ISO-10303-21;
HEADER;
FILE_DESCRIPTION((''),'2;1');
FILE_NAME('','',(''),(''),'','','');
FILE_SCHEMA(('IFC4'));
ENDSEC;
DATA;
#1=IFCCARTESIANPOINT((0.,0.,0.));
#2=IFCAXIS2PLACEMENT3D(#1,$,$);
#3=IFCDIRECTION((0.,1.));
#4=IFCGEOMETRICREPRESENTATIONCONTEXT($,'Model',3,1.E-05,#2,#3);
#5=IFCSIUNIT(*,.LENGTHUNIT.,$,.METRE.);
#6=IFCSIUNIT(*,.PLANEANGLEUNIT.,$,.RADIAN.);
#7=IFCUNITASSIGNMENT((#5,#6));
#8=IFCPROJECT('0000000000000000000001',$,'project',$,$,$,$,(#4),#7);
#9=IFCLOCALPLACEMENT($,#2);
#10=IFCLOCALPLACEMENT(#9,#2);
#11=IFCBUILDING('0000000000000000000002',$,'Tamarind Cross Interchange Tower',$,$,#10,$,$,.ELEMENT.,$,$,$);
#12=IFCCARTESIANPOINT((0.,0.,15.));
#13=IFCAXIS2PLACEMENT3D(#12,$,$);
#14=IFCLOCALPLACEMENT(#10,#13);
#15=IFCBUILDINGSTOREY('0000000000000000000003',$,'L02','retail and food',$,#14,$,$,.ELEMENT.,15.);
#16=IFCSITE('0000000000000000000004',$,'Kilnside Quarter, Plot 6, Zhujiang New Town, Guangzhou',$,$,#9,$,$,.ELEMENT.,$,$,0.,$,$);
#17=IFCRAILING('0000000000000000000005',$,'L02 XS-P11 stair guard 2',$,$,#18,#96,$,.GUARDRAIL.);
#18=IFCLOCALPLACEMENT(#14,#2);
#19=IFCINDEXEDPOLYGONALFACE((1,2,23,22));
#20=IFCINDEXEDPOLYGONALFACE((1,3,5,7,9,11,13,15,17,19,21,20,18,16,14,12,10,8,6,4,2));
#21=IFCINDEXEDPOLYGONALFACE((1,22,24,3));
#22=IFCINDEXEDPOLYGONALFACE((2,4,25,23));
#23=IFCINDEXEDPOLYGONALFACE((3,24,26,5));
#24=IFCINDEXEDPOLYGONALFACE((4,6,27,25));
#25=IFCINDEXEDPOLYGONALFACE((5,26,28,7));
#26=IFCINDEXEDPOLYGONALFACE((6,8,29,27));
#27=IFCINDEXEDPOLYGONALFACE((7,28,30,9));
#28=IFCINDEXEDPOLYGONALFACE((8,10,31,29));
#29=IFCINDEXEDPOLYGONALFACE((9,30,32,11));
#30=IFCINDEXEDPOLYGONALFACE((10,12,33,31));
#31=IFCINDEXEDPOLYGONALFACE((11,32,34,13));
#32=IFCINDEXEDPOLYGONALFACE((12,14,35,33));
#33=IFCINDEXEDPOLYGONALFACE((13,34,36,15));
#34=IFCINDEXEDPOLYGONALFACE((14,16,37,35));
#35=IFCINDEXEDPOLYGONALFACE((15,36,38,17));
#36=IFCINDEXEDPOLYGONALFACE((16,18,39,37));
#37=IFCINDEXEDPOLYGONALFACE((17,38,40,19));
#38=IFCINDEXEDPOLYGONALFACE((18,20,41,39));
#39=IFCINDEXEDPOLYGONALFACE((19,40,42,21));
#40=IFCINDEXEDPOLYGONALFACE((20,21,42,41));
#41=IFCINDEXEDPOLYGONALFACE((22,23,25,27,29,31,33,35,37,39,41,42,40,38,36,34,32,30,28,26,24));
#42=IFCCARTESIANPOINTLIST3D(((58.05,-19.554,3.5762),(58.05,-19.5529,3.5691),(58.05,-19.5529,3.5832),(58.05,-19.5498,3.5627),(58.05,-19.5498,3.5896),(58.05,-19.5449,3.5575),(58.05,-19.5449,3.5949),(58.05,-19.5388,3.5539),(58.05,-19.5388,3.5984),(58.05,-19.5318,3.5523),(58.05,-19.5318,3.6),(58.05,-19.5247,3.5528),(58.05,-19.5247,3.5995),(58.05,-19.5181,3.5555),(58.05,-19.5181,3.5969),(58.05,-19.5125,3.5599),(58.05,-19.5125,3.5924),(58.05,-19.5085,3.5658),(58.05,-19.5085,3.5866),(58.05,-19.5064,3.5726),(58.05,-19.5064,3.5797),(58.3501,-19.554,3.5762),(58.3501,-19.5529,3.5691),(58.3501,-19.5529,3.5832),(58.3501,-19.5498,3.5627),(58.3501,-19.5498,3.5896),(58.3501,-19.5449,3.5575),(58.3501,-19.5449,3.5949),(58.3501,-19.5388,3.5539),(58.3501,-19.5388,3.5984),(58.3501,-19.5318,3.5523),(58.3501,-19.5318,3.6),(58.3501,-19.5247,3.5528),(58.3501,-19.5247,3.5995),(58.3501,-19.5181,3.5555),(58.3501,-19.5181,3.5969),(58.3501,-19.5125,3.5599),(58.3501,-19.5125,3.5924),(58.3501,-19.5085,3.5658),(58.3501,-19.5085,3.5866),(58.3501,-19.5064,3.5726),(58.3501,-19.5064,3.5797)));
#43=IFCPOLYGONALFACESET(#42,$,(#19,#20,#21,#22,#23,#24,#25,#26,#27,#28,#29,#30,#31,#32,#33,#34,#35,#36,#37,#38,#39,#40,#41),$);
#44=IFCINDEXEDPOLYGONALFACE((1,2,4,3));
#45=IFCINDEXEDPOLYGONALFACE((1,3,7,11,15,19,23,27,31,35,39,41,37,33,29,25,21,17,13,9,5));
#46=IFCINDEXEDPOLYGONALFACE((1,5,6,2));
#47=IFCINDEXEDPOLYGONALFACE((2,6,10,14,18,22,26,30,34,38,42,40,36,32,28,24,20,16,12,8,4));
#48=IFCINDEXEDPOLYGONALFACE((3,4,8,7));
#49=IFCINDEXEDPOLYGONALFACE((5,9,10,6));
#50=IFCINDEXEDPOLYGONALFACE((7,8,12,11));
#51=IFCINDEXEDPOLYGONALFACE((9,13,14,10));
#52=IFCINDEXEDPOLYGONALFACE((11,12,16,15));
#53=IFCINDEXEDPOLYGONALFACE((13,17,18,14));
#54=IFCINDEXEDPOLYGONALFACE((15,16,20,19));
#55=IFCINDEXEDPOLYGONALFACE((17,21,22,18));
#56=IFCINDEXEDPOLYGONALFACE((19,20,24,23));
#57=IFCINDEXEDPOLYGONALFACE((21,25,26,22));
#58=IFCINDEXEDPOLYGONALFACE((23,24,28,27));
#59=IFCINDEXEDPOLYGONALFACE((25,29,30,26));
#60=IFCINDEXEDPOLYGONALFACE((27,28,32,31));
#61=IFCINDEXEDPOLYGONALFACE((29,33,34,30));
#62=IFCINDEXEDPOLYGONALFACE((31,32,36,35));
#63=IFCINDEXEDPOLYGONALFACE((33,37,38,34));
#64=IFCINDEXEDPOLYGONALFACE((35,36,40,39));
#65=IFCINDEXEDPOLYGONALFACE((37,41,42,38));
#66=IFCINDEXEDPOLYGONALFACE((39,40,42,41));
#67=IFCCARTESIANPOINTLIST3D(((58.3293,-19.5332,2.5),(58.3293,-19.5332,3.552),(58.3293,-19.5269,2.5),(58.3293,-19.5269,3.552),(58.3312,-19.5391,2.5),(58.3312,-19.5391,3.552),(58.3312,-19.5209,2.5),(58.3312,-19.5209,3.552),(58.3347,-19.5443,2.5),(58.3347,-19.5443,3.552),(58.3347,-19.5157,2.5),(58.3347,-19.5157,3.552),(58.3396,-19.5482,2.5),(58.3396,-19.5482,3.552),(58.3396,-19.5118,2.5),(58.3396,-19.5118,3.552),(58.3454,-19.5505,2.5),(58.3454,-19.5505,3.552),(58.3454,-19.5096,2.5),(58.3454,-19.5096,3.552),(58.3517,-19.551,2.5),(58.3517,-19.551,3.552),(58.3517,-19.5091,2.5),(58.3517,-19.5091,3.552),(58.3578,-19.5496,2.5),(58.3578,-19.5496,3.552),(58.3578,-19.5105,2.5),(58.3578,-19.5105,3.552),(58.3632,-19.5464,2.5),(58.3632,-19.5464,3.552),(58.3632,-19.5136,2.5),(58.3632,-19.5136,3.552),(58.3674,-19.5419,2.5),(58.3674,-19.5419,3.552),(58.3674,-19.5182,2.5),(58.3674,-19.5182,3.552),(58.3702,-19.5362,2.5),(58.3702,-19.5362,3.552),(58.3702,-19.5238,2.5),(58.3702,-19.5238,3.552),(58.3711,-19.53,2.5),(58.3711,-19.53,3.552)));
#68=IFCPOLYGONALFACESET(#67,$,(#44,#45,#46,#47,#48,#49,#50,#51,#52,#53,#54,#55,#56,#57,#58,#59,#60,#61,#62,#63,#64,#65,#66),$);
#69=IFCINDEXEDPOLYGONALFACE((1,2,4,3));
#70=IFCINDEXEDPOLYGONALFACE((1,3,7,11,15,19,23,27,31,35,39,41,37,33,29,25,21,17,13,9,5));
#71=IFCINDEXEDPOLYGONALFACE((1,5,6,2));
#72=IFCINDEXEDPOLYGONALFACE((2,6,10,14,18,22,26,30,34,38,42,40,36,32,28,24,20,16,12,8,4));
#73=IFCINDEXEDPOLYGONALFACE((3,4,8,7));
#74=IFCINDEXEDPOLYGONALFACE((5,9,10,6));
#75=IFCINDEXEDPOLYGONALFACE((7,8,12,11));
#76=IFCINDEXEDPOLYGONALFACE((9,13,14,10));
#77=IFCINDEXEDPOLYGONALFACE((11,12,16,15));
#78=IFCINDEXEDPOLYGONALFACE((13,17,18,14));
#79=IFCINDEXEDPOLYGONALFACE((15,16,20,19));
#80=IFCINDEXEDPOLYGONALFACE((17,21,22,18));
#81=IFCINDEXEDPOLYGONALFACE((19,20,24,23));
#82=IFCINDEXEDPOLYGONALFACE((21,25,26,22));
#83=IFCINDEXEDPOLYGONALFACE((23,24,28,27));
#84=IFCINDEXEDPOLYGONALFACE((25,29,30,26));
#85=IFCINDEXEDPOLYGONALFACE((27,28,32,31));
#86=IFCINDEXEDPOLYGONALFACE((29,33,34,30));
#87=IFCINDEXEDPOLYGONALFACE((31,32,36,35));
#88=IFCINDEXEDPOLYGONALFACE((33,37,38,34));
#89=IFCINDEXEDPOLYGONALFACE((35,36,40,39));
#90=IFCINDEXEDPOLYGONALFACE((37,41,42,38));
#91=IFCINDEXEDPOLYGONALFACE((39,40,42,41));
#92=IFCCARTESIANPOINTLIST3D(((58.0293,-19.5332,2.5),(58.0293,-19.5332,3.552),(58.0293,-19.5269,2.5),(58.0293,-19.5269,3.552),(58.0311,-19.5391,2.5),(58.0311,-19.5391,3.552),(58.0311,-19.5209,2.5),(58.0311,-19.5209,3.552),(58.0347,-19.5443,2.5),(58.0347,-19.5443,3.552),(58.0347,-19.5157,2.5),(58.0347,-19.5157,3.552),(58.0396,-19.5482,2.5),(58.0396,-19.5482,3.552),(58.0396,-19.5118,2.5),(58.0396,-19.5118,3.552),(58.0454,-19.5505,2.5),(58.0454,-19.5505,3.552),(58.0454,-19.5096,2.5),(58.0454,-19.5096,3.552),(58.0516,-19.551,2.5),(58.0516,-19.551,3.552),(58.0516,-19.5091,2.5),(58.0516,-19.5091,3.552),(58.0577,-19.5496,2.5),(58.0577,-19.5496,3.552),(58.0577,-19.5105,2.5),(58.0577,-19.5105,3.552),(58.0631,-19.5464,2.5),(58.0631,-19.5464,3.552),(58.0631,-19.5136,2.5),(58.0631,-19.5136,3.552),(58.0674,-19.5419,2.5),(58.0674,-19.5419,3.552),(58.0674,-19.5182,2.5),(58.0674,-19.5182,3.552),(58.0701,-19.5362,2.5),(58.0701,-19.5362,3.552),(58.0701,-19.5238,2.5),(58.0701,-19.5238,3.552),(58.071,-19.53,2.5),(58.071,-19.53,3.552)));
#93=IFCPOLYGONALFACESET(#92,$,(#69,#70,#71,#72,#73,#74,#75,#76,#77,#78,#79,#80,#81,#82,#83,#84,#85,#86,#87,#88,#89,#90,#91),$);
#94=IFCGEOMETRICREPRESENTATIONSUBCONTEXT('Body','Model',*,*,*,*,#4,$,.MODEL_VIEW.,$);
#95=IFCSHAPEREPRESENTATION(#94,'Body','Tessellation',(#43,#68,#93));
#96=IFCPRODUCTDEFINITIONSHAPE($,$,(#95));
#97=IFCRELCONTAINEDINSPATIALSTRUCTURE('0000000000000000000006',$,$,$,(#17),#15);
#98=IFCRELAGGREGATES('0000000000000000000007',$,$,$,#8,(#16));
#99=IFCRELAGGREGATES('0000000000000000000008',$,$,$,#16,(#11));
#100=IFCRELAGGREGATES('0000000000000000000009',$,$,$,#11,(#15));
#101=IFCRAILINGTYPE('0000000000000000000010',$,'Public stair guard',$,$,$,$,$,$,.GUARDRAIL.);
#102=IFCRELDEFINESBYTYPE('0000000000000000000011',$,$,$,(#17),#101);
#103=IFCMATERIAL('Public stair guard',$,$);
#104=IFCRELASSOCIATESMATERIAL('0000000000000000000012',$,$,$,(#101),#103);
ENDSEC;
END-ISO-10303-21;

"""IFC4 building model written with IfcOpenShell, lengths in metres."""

from ifc_helpers import new_model, si_unit, direction, frame, origin, origin_2d, place, context, subcontext, project, spatial, circle, extrude, material, type_object, element, save


model = new_model("IFC4")

# Units and contexts
model_context = context("Model", 3, precision=1e-05, world=origin(), true_north=direction((0.0, 1.0)))
body_context = subcontext(model_context, "Body", "Model", "MODEL_VIEW")
ifc_project = project(units=[si_unit("LENGTHUNIT", "METRE"), si_unit("PLANEANGLEUNIT", "RADIAN")], contexts=[model_context])

# Site, building, storey
site_placement = place(None, origin())
site = spatial("IfcSite", under=ifc_project, at=site_placement, Name="Kilnside Quarter, Plot 6, Zhujiang New Town, Guangzhou", CompositionType="ELEMENT", RefElevation=0.0)
building_placement = place(site_placement, origin())
building = spatial("IfcBuilding", under=site, at=building_placement, Name="Tamarind Cross Interchange Tower", CompositionType="ELEMENT")
storey_placement = place(building_placement, frame((0.0, 0.0, 15.0)))
storey = spatial("IfcBuildingStorey", under=building, at=storey_placement, Name="L02", Description="retail and food", CompositionType="ELEMENT", Elevation=15.0)

# Railing
ifc_material_1 = material(Name="Public stair guard")
railing_type_1 = type_object("IfcRailingType", Name="Public stair guard", PredefinedType="GUARDRAIL", material=ifc_material_1)
railing_1_placement = place(storey_placement, frame((58.3501, -19.53, 2.5)))
element("IfcRailing", 1, at=railing_1_placement, inside=storey, type_object=railing_type_1, Name="L02 XS-P11 stair guard 2", PredefinedType="GUARDRAIL", context=body_context, shape_type="SweptSolid", body=[
    extrude(circle(Radius=0.0239, at=origin_2d()), frame((0.0, 0.0, 1.0762), z_axis=(-1.0, 0.0, 0.0), x_axis=(0.0, -1.0, 0.0)), (0.0, 0.0, 1.0), 0.3),
    extrude(circle(Radius=0.021, at=origin_2d()), origin(), (0.0, 0.0, 1.0), 1.052),
    extrude(circle(Radius=0.021, at=origin_2d()), frame((-0.3, 0.0, 0.0)), (0.0, 0.0, 1.0), 1.052),
])

save(model, "model.ifc")
